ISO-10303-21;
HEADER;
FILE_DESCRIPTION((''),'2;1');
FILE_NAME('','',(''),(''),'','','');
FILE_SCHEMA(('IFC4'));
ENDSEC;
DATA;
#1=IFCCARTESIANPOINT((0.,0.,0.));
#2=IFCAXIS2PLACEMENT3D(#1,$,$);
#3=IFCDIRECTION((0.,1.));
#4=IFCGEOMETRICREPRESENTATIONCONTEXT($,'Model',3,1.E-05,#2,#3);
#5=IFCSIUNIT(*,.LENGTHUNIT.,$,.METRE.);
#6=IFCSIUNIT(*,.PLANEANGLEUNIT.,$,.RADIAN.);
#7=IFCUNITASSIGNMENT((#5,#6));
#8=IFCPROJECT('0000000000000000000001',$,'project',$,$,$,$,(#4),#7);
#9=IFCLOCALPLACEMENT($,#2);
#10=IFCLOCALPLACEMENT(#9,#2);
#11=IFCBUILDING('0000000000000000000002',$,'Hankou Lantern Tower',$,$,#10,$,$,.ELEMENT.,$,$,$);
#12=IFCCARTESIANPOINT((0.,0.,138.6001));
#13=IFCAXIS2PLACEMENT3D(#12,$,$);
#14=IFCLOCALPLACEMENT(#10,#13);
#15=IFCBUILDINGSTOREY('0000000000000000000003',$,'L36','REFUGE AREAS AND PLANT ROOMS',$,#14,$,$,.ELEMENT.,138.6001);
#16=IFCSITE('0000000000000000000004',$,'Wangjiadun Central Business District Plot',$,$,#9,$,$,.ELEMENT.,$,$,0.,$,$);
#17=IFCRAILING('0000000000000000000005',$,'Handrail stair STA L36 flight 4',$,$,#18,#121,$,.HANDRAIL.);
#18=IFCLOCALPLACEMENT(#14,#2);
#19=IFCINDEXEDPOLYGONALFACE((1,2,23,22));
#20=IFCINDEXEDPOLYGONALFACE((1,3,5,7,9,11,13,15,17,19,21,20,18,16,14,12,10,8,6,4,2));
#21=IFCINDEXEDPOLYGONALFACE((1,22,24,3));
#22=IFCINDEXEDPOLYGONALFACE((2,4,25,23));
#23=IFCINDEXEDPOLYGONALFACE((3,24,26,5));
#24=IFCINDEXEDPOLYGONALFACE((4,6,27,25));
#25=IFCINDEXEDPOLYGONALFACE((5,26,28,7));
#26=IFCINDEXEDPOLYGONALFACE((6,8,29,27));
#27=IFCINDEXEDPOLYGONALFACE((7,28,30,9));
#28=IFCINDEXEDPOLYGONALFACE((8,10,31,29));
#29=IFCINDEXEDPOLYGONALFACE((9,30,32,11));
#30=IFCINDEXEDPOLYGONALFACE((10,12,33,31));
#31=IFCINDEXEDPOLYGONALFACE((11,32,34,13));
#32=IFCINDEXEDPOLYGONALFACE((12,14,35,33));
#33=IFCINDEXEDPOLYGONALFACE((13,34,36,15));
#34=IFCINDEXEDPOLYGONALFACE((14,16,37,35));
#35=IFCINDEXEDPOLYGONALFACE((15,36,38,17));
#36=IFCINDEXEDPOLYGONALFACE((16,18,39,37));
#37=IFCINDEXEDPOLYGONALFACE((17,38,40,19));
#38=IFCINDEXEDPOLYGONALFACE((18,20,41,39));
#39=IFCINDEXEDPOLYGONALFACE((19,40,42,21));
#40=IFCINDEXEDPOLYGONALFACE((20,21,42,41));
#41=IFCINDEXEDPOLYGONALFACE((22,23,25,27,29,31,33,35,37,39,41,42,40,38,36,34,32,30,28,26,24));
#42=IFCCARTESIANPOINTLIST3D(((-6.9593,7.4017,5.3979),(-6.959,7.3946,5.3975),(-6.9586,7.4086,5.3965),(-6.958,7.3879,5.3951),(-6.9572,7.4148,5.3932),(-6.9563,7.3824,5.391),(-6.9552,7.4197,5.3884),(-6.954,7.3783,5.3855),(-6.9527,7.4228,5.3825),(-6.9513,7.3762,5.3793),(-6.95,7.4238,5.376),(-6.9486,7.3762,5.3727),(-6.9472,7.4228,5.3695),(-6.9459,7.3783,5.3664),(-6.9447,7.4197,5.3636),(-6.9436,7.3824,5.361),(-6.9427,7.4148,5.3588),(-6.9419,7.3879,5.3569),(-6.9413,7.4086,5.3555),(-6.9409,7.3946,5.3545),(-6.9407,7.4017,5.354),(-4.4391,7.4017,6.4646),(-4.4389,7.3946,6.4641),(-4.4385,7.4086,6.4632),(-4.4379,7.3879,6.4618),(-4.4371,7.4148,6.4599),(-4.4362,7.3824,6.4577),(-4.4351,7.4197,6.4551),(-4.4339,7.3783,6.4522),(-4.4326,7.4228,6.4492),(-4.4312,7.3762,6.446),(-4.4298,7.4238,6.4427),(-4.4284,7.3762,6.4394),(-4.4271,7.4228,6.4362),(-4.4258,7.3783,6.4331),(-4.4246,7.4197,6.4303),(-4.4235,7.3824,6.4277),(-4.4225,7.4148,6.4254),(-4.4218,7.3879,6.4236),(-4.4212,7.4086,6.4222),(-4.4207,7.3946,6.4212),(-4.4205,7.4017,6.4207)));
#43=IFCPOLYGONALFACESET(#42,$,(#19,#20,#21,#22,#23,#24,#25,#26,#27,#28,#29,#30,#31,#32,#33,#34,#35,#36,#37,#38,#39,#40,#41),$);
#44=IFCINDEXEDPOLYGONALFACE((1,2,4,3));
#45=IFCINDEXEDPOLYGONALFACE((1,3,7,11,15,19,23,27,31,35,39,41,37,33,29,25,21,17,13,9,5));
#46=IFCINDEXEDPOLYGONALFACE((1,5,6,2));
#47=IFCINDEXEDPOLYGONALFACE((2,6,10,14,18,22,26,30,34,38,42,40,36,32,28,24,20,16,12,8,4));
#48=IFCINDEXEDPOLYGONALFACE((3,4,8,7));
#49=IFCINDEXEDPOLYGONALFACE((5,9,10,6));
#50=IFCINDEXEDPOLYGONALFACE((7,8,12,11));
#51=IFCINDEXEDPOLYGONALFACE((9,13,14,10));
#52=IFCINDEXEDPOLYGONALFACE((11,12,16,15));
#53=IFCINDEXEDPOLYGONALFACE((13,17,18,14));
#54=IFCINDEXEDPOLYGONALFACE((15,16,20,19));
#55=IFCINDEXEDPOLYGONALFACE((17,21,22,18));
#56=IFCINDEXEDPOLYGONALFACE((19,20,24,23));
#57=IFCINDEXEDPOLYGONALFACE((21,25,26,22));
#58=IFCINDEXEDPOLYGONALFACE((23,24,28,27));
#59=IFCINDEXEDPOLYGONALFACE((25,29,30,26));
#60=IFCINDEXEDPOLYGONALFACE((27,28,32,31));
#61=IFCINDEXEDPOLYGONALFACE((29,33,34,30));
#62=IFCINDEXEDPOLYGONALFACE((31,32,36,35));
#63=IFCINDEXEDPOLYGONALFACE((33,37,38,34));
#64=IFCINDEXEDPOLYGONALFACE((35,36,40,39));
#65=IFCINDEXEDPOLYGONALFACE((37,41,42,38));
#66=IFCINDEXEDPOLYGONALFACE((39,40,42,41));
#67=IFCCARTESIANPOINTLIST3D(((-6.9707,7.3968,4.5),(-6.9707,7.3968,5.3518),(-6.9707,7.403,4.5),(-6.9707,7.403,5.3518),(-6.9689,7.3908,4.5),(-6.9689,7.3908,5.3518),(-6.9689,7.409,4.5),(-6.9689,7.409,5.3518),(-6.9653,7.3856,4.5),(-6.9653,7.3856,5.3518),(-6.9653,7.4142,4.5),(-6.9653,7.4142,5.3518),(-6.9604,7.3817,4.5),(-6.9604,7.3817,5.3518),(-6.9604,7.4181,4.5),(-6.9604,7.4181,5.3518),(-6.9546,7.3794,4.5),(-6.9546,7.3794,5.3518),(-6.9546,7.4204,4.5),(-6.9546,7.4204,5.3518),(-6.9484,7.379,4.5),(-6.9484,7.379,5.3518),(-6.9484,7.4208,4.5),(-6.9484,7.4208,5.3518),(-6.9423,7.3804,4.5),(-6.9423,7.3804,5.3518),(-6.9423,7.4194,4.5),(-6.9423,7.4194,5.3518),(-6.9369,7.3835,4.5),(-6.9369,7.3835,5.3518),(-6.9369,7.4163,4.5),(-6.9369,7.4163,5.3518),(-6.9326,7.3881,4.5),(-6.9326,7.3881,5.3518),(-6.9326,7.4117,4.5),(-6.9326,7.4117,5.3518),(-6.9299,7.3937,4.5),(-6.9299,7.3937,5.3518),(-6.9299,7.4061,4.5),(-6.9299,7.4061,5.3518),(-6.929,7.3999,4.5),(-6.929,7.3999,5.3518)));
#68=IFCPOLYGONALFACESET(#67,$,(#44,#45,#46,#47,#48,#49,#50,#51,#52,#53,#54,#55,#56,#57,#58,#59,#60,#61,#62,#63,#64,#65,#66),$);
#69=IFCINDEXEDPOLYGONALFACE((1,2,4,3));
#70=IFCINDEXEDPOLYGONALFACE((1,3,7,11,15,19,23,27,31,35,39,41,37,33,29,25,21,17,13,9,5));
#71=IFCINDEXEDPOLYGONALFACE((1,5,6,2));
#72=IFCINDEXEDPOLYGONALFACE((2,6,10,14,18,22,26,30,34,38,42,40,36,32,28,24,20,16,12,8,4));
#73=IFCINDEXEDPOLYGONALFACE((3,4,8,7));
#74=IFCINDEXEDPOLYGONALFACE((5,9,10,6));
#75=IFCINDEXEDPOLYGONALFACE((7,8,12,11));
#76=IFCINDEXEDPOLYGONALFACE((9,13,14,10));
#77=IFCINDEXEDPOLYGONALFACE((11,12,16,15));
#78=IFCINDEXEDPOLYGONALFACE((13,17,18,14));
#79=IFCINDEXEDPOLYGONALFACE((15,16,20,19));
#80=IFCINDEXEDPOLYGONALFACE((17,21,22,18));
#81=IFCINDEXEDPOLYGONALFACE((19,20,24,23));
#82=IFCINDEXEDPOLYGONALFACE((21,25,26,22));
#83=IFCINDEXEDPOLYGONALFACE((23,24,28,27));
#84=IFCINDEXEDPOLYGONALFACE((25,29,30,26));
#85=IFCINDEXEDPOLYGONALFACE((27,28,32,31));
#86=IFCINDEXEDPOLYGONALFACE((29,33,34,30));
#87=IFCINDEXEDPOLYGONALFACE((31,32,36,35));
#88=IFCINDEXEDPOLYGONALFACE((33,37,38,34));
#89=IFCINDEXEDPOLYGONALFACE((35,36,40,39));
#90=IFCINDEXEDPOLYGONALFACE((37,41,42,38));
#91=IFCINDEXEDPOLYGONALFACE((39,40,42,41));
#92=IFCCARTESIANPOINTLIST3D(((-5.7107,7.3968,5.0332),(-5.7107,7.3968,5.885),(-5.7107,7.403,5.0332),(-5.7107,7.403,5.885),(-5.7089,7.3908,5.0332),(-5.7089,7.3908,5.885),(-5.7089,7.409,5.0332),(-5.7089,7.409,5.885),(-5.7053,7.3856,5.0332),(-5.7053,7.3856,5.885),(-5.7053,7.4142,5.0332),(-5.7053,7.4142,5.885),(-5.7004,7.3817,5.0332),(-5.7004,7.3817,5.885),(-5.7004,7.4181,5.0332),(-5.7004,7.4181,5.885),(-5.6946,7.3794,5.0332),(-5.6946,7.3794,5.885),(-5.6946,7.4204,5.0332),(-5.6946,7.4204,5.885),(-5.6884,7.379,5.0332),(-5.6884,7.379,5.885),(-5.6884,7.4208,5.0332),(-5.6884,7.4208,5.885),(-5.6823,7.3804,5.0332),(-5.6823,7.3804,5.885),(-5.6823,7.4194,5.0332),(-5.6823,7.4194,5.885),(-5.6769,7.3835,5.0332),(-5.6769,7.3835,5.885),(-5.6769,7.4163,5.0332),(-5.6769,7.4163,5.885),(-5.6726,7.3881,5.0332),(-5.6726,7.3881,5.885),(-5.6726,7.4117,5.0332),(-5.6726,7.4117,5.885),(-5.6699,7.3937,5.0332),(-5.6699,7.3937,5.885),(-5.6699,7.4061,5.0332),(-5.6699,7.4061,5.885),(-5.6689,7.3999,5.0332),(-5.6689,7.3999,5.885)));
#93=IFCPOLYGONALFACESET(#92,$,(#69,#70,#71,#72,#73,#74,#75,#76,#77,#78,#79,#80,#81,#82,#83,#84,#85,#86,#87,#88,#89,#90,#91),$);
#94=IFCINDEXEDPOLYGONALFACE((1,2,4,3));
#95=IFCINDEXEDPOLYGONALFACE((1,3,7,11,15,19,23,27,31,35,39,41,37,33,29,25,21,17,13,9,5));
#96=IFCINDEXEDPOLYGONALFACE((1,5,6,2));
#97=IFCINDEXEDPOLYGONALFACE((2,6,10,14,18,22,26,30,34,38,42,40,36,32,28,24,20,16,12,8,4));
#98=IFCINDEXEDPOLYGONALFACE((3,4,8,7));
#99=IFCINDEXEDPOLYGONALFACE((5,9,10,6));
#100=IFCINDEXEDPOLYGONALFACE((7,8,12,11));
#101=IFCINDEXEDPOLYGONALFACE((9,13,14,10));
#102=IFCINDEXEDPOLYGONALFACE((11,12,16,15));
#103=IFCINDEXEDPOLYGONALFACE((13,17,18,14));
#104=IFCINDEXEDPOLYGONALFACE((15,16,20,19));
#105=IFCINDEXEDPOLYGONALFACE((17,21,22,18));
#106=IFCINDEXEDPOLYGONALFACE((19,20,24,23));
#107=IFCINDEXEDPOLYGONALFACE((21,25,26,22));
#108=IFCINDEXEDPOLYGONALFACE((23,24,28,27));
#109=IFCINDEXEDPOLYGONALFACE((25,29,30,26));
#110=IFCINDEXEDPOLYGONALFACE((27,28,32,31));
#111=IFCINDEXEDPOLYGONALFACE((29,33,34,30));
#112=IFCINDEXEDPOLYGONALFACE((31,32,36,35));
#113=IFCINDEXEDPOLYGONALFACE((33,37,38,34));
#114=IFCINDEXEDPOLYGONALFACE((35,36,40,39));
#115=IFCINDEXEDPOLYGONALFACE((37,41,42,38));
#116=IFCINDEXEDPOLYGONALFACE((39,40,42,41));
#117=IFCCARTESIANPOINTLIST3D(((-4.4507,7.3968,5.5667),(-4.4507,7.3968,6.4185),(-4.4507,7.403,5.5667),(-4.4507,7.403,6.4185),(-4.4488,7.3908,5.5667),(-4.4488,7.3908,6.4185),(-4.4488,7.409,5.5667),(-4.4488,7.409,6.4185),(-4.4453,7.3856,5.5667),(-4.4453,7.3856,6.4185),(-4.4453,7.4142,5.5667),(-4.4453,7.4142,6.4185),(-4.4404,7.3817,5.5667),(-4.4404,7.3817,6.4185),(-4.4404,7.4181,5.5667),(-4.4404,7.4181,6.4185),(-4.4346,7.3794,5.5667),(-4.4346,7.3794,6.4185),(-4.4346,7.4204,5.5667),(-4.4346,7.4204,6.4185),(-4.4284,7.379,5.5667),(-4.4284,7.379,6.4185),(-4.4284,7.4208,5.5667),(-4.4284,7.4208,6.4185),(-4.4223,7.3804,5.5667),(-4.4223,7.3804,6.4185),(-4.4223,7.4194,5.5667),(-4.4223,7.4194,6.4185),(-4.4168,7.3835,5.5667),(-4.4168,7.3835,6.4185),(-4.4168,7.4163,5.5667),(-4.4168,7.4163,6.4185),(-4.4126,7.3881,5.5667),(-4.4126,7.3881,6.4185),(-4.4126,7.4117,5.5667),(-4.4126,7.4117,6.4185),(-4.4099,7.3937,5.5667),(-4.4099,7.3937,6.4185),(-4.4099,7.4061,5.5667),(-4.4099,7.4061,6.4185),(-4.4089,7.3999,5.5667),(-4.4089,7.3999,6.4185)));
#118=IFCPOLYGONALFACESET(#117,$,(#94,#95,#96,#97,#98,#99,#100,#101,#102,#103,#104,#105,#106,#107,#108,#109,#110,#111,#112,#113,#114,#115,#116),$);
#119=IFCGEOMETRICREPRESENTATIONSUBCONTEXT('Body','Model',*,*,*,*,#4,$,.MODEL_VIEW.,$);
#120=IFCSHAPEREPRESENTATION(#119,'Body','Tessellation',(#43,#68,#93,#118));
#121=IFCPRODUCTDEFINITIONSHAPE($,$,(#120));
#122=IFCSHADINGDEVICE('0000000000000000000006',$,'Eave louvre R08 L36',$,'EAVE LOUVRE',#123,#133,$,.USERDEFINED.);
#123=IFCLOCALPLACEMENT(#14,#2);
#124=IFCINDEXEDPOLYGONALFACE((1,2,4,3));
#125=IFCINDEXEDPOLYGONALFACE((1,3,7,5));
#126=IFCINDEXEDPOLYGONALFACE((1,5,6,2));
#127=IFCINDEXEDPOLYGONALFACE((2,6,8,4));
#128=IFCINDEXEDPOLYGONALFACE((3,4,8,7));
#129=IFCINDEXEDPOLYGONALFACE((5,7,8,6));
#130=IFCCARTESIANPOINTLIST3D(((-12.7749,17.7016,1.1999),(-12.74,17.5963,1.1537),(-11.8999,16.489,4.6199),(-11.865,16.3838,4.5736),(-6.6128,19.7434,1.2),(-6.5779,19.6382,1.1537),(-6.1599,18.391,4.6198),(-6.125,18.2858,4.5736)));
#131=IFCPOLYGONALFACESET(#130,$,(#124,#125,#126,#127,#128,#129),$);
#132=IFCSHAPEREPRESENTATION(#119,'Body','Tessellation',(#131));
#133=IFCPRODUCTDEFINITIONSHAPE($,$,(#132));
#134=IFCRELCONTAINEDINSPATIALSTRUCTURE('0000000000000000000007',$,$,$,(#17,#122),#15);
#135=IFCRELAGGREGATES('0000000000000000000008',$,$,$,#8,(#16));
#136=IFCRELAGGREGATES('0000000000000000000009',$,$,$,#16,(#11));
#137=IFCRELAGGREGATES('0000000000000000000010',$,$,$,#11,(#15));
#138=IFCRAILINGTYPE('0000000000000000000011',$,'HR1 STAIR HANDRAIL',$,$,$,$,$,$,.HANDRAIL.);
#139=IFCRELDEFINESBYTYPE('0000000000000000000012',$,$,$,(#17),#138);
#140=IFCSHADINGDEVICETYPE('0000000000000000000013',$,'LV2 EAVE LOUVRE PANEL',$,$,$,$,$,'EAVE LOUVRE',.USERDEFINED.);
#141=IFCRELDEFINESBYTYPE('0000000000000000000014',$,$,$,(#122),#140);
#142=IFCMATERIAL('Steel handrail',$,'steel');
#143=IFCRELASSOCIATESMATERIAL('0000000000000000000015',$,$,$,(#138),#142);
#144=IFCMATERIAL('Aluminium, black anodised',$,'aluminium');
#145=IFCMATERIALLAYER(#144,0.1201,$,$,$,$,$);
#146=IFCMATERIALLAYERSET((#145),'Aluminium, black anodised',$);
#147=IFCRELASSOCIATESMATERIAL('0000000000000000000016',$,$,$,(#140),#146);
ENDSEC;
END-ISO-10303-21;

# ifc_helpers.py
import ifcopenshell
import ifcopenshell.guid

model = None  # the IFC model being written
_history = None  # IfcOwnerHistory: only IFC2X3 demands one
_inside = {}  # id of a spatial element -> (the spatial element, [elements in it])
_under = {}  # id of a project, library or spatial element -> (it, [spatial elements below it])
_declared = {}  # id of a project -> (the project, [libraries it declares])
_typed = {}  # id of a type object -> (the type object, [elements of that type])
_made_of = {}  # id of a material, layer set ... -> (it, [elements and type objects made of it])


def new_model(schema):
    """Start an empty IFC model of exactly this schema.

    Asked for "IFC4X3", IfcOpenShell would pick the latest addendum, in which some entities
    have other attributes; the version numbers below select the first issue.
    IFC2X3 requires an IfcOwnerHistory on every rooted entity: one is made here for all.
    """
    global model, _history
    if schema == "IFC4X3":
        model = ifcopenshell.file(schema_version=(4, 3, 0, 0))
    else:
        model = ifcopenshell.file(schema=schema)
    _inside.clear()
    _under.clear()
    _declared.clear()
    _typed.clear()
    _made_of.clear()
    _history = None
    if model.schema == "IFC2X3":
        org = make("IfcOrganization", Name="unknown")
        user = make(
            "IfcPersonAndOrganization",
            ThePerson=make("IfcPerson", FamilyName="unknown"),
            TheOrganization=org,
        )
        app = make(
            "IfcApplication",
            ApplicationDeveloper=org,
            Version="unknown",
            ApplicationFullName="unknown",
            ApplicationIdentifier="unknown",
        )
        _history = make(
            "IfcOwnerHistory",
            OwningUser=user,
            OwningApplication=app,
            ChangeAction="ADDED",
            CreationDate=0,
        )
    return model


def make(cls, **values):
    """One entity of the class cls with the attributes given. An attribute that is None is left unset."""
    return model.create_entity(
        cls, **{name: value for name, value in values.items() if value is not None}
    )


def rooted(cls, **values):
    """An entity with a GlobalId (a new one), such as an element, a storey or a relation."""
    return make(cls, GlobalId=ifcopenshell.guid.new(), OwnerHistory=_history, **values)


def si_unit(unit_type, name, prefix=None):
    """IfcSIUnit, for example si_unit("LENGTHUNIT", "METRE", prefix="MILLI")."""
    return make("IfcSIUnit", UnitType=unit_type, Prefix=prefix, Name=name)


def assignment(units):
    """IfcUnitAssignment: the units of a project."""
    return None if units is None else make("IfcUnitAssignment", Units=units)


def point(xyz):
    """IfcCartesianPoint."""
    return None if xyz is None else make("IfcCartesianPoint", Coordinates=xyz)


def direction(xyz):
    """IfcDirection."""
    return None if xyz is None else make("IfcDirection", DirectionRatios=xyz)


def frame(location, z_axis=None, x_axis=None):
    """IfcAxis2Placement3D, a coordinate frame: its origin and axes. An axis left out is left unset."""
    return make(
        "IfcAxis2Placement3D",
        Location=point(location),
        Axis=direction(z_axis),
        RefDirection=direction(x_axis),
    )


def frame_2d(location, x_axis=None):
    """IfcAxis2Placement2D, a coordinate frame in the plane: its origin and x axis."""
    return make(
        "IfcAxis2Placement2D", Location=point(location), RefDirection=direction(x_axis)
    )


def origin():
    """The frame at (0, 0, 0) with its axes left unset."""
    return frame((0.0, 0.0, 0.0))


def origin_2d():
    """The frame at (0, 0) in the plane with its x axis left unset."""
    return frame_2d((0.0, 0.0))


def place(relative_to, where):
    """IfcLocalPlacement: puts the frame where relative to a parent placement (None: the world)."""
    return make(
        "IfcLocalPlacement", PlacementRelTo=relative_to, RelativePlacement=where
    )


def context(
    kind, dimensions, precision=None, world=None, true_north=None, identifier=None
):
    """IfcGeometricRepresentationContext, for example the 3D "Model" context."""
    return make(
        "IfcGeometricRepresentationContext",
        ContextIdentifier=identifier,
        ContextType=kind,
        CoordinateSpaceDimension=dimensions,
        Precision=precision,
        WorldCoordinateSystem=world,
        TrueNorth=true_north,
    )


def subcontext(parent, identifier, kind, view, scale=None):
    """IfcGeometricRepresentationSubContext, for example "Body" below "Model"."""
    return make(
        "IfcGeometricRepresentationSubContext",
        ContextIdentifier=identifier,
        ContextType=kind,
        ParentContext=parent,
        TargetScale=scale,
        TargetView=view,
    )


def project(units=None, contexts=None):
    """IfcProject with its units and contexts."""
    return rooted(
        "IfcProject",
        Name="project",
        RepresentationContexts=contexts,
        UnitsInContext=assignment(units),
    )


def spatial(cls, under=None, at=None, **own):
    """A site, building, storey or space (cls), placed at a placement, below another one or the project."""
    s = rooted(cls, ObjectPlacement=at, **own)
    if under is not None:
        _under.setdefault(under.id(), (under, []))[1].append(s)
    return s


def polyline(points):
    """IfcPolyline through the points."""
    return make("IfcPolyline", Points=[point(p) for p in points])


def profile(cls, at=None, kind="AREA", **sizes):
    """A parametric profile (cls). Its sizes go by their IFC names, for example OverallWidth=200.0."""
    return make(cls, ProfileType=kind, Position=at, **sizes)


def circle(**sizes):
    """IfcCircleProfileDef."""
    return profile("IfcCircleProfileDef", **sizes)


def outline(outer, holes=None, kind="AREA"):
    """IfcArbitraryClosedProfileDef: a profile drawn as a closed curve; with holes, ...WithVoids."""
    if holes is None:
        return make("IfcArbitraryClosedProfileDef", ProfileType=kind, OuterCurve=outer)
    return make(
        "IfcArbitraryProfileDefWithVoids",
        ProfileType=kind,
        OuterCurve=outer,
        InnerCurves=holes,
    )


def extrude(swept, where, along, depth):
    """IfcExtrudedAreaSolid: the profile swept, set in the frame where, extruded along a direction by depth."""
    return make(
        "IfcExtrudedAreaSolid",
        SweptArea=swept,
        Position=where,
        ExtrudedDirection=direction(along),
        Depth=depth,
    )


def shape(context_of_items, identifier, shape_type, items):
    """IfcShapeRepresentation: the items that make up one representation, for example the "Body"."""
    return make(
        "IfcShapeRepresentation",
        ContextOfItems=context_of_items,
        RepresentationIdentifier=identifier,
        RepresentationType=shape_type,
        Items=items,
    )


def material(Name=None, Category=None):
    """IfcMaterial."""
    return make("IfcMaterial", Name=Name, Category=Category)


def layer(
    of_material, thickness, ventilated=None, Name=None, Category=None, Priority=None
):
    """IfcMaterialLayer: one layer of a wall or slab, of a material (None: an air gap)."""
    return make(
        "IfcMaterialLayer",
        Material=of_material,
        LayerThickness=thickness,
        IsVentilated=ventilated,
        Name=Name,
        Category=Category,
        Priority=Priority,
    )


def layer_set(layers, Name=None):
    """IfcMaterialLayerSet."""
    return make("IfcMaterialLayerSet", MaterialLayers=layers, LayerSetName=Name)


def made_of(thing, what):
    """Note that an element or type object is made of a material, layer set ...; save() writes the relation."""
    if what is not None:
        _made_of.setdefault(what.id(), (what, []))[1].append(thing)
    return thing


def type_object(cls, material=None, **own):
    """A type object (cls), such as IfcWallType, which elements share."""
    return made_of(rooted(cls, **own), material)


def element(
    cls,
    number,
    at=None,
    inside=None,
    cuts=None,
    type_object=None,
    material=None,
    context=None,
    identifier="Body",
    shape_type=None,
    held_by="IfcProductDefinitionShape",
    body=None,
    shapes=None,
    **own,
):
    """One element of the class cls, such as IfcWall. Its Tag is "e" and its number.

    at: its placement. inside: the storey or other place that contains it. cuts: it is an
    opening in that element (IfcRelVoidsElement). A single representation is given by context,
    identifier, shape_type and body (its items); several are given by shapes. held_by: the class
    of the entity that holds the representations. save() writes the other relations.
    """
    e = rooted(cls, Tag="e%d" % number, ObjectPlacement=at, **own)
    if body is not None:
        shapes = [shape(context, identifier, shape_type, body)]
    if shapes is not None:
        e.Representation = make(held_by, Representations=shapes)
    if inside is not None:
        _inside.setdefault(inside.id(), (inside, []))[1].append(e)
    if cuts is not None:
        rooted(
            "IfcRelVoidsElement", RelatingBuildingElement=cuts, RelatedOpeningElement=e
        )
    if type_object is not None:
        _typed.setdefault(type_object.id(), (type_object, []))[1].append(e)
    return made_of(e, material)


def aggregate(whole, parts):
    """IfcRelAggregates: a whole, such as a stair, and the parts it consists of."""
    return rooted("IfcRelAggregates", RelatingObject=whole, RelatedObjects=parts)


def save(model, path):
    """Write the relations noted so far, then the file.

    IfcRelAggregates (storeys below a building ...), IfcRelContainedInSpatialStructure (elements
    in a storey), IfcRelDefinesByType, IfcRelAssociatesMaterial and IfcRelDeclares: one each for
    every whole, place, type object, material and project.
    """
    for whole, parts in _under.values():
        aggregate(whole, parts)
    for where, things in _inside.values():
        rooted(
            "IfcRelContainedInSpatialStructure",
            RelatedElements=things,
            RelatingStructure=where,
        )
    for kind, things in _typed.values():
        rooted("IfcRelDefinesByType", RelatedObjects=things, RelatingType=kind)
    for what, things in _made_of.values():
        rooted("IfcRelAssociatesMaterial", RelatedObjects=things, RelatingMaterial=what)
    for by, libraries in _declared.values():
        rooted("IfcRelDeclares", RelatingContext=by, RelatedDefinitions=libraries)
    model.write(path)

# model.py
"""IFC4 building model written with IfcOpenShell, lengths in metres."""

from ifc_helpers import new_model, si_unit, direction, frame, origin, origin_2d, place, context, subcontext, project, spatial, polyline, circle, outline, extrude, material, layer, layer_set, type_object, element, save


model = new_model("IFC4")

# Units and contexts
model_context = context("Model", 3, precision=1e-05, world=origin(), true_north=direction((0.0, 1.0)))
body_context = subcontext(model_context, "Body", "Model", "MODEL_VIEW")
ifc_project = project(units=[si_unit("LENGTHUNIT", "METRE"), si_unit("PLANEANGLEUNIT", "RADIAN")], contexts=[model_context])

# Site, building, storey
site_placement = place(None, origin())
site = spatial("IfcSite", under=ifc_project, at=site_placement, Name="Wangjiadun Central Business District Plot", CompositionType="ELEMENT", RefElevation=0.0)
building_placement = place(site_placement, origin())
building = spatial("IfcBuilding", under=site, at=building_placement, Name="Hankou Lantern Tower", CompositionType="ELEMENT")
storey_placement = place(building_placement, frame((0.0, 0.0, 138.6001)))
storey = spatial("IfcBuildingStorey", under=building, at=storey_placement, Name="L36", Description="REFUGE AREAS AND PLANT ROOMS", CompositionType="ELEMENT", Elevation=138.6001)

# Railing
ifc_material_1 = material(Name="Steel handrail", Category="steel")
railing_type = type_object("IfcRailingType", Name="HR1 STAIR HANDRAIL", PredefinedType="HANDRAIL", material=ifc_material_1)
railing_1_placement = place(storey_placement, frame((-6.95, 7.3999, 4.5)))
element("IfcRailing", 1, at=railing_1_placement, inside=storey, type_object=railing_type, Name="Handrail stair STA L36 flight 4", PredefinedType="HANDRAIL", context=body_context, shape_type="SweptSolid", body=[
    extrude(circle(Radius=0.0239, at=origin_2d()), frame((0.0, 0.0, 0.876), z_axis=(0.920903, 0.0, 0.389791), x_axis=(0.0, 1.0, 0.0)), (0.0, 0.0, 1.0), 2.7366),
    extrude(circle(Radius=0.021, at=origin_2d()), origin(), (0.0, 0.0, 1.0), 0.8518),
    extrude(circle(Radius=0.021, at=origin_2d()), frame((1.26, 0.0, 0.5332)), (0.0, 0.0, 1.0), 0.8518),
    extrude(circle(Radius=0.021, at=origin_2d()), frame((2.52, 0.0, 1.0667)), (0.0, 0.0, 1.0), 0.8518),
])

# Shading device
ifc_material_2 = material(Name="Aluminium, black anodised", Category="aluminium")
ifc_layer_1 = layer(ifc_material_2, 0.1201)
ifc_layer_set_1 = layer_set([ifc_layer_1], Name="Aluminium, black anodised")
shading_device_type = type_object("IfcShadingDeviceType", Name="LV2 EAVE LOUVRE PANEL", ElementType="EAVE LOUVRE", PredefinedType="USERDEFINED", material=ifc_layer_set_1)
shading_device_placement = place(storey_placement, frame((-6.6128, 19.7434, 1.2), z_axis=(-0.290306, 0.876112, 0.384902), x_axis=(-0.949245, -0.314537, -0.000006)))
element("IfcShadingDevice", 2, at=shading_device_placement, inside=storey, type_object=shading_device_type, Name="Eave louvre R08 L36", ObjectType="EAVE LOUVRE", PredefinedType="USERDEFINED", context=body_context, shape_type="SweptSolid", body=[
    extrude(outline(polyline([(0.0, 0.0), (6.4916, 0.0), (6.0424, 3.7054), (-0.0046, 3.7054), (0.0, 0.0)])), origin(), (0.0, 0.0, -1.0), 0.1201),
])

save(model, "model.ifc")
